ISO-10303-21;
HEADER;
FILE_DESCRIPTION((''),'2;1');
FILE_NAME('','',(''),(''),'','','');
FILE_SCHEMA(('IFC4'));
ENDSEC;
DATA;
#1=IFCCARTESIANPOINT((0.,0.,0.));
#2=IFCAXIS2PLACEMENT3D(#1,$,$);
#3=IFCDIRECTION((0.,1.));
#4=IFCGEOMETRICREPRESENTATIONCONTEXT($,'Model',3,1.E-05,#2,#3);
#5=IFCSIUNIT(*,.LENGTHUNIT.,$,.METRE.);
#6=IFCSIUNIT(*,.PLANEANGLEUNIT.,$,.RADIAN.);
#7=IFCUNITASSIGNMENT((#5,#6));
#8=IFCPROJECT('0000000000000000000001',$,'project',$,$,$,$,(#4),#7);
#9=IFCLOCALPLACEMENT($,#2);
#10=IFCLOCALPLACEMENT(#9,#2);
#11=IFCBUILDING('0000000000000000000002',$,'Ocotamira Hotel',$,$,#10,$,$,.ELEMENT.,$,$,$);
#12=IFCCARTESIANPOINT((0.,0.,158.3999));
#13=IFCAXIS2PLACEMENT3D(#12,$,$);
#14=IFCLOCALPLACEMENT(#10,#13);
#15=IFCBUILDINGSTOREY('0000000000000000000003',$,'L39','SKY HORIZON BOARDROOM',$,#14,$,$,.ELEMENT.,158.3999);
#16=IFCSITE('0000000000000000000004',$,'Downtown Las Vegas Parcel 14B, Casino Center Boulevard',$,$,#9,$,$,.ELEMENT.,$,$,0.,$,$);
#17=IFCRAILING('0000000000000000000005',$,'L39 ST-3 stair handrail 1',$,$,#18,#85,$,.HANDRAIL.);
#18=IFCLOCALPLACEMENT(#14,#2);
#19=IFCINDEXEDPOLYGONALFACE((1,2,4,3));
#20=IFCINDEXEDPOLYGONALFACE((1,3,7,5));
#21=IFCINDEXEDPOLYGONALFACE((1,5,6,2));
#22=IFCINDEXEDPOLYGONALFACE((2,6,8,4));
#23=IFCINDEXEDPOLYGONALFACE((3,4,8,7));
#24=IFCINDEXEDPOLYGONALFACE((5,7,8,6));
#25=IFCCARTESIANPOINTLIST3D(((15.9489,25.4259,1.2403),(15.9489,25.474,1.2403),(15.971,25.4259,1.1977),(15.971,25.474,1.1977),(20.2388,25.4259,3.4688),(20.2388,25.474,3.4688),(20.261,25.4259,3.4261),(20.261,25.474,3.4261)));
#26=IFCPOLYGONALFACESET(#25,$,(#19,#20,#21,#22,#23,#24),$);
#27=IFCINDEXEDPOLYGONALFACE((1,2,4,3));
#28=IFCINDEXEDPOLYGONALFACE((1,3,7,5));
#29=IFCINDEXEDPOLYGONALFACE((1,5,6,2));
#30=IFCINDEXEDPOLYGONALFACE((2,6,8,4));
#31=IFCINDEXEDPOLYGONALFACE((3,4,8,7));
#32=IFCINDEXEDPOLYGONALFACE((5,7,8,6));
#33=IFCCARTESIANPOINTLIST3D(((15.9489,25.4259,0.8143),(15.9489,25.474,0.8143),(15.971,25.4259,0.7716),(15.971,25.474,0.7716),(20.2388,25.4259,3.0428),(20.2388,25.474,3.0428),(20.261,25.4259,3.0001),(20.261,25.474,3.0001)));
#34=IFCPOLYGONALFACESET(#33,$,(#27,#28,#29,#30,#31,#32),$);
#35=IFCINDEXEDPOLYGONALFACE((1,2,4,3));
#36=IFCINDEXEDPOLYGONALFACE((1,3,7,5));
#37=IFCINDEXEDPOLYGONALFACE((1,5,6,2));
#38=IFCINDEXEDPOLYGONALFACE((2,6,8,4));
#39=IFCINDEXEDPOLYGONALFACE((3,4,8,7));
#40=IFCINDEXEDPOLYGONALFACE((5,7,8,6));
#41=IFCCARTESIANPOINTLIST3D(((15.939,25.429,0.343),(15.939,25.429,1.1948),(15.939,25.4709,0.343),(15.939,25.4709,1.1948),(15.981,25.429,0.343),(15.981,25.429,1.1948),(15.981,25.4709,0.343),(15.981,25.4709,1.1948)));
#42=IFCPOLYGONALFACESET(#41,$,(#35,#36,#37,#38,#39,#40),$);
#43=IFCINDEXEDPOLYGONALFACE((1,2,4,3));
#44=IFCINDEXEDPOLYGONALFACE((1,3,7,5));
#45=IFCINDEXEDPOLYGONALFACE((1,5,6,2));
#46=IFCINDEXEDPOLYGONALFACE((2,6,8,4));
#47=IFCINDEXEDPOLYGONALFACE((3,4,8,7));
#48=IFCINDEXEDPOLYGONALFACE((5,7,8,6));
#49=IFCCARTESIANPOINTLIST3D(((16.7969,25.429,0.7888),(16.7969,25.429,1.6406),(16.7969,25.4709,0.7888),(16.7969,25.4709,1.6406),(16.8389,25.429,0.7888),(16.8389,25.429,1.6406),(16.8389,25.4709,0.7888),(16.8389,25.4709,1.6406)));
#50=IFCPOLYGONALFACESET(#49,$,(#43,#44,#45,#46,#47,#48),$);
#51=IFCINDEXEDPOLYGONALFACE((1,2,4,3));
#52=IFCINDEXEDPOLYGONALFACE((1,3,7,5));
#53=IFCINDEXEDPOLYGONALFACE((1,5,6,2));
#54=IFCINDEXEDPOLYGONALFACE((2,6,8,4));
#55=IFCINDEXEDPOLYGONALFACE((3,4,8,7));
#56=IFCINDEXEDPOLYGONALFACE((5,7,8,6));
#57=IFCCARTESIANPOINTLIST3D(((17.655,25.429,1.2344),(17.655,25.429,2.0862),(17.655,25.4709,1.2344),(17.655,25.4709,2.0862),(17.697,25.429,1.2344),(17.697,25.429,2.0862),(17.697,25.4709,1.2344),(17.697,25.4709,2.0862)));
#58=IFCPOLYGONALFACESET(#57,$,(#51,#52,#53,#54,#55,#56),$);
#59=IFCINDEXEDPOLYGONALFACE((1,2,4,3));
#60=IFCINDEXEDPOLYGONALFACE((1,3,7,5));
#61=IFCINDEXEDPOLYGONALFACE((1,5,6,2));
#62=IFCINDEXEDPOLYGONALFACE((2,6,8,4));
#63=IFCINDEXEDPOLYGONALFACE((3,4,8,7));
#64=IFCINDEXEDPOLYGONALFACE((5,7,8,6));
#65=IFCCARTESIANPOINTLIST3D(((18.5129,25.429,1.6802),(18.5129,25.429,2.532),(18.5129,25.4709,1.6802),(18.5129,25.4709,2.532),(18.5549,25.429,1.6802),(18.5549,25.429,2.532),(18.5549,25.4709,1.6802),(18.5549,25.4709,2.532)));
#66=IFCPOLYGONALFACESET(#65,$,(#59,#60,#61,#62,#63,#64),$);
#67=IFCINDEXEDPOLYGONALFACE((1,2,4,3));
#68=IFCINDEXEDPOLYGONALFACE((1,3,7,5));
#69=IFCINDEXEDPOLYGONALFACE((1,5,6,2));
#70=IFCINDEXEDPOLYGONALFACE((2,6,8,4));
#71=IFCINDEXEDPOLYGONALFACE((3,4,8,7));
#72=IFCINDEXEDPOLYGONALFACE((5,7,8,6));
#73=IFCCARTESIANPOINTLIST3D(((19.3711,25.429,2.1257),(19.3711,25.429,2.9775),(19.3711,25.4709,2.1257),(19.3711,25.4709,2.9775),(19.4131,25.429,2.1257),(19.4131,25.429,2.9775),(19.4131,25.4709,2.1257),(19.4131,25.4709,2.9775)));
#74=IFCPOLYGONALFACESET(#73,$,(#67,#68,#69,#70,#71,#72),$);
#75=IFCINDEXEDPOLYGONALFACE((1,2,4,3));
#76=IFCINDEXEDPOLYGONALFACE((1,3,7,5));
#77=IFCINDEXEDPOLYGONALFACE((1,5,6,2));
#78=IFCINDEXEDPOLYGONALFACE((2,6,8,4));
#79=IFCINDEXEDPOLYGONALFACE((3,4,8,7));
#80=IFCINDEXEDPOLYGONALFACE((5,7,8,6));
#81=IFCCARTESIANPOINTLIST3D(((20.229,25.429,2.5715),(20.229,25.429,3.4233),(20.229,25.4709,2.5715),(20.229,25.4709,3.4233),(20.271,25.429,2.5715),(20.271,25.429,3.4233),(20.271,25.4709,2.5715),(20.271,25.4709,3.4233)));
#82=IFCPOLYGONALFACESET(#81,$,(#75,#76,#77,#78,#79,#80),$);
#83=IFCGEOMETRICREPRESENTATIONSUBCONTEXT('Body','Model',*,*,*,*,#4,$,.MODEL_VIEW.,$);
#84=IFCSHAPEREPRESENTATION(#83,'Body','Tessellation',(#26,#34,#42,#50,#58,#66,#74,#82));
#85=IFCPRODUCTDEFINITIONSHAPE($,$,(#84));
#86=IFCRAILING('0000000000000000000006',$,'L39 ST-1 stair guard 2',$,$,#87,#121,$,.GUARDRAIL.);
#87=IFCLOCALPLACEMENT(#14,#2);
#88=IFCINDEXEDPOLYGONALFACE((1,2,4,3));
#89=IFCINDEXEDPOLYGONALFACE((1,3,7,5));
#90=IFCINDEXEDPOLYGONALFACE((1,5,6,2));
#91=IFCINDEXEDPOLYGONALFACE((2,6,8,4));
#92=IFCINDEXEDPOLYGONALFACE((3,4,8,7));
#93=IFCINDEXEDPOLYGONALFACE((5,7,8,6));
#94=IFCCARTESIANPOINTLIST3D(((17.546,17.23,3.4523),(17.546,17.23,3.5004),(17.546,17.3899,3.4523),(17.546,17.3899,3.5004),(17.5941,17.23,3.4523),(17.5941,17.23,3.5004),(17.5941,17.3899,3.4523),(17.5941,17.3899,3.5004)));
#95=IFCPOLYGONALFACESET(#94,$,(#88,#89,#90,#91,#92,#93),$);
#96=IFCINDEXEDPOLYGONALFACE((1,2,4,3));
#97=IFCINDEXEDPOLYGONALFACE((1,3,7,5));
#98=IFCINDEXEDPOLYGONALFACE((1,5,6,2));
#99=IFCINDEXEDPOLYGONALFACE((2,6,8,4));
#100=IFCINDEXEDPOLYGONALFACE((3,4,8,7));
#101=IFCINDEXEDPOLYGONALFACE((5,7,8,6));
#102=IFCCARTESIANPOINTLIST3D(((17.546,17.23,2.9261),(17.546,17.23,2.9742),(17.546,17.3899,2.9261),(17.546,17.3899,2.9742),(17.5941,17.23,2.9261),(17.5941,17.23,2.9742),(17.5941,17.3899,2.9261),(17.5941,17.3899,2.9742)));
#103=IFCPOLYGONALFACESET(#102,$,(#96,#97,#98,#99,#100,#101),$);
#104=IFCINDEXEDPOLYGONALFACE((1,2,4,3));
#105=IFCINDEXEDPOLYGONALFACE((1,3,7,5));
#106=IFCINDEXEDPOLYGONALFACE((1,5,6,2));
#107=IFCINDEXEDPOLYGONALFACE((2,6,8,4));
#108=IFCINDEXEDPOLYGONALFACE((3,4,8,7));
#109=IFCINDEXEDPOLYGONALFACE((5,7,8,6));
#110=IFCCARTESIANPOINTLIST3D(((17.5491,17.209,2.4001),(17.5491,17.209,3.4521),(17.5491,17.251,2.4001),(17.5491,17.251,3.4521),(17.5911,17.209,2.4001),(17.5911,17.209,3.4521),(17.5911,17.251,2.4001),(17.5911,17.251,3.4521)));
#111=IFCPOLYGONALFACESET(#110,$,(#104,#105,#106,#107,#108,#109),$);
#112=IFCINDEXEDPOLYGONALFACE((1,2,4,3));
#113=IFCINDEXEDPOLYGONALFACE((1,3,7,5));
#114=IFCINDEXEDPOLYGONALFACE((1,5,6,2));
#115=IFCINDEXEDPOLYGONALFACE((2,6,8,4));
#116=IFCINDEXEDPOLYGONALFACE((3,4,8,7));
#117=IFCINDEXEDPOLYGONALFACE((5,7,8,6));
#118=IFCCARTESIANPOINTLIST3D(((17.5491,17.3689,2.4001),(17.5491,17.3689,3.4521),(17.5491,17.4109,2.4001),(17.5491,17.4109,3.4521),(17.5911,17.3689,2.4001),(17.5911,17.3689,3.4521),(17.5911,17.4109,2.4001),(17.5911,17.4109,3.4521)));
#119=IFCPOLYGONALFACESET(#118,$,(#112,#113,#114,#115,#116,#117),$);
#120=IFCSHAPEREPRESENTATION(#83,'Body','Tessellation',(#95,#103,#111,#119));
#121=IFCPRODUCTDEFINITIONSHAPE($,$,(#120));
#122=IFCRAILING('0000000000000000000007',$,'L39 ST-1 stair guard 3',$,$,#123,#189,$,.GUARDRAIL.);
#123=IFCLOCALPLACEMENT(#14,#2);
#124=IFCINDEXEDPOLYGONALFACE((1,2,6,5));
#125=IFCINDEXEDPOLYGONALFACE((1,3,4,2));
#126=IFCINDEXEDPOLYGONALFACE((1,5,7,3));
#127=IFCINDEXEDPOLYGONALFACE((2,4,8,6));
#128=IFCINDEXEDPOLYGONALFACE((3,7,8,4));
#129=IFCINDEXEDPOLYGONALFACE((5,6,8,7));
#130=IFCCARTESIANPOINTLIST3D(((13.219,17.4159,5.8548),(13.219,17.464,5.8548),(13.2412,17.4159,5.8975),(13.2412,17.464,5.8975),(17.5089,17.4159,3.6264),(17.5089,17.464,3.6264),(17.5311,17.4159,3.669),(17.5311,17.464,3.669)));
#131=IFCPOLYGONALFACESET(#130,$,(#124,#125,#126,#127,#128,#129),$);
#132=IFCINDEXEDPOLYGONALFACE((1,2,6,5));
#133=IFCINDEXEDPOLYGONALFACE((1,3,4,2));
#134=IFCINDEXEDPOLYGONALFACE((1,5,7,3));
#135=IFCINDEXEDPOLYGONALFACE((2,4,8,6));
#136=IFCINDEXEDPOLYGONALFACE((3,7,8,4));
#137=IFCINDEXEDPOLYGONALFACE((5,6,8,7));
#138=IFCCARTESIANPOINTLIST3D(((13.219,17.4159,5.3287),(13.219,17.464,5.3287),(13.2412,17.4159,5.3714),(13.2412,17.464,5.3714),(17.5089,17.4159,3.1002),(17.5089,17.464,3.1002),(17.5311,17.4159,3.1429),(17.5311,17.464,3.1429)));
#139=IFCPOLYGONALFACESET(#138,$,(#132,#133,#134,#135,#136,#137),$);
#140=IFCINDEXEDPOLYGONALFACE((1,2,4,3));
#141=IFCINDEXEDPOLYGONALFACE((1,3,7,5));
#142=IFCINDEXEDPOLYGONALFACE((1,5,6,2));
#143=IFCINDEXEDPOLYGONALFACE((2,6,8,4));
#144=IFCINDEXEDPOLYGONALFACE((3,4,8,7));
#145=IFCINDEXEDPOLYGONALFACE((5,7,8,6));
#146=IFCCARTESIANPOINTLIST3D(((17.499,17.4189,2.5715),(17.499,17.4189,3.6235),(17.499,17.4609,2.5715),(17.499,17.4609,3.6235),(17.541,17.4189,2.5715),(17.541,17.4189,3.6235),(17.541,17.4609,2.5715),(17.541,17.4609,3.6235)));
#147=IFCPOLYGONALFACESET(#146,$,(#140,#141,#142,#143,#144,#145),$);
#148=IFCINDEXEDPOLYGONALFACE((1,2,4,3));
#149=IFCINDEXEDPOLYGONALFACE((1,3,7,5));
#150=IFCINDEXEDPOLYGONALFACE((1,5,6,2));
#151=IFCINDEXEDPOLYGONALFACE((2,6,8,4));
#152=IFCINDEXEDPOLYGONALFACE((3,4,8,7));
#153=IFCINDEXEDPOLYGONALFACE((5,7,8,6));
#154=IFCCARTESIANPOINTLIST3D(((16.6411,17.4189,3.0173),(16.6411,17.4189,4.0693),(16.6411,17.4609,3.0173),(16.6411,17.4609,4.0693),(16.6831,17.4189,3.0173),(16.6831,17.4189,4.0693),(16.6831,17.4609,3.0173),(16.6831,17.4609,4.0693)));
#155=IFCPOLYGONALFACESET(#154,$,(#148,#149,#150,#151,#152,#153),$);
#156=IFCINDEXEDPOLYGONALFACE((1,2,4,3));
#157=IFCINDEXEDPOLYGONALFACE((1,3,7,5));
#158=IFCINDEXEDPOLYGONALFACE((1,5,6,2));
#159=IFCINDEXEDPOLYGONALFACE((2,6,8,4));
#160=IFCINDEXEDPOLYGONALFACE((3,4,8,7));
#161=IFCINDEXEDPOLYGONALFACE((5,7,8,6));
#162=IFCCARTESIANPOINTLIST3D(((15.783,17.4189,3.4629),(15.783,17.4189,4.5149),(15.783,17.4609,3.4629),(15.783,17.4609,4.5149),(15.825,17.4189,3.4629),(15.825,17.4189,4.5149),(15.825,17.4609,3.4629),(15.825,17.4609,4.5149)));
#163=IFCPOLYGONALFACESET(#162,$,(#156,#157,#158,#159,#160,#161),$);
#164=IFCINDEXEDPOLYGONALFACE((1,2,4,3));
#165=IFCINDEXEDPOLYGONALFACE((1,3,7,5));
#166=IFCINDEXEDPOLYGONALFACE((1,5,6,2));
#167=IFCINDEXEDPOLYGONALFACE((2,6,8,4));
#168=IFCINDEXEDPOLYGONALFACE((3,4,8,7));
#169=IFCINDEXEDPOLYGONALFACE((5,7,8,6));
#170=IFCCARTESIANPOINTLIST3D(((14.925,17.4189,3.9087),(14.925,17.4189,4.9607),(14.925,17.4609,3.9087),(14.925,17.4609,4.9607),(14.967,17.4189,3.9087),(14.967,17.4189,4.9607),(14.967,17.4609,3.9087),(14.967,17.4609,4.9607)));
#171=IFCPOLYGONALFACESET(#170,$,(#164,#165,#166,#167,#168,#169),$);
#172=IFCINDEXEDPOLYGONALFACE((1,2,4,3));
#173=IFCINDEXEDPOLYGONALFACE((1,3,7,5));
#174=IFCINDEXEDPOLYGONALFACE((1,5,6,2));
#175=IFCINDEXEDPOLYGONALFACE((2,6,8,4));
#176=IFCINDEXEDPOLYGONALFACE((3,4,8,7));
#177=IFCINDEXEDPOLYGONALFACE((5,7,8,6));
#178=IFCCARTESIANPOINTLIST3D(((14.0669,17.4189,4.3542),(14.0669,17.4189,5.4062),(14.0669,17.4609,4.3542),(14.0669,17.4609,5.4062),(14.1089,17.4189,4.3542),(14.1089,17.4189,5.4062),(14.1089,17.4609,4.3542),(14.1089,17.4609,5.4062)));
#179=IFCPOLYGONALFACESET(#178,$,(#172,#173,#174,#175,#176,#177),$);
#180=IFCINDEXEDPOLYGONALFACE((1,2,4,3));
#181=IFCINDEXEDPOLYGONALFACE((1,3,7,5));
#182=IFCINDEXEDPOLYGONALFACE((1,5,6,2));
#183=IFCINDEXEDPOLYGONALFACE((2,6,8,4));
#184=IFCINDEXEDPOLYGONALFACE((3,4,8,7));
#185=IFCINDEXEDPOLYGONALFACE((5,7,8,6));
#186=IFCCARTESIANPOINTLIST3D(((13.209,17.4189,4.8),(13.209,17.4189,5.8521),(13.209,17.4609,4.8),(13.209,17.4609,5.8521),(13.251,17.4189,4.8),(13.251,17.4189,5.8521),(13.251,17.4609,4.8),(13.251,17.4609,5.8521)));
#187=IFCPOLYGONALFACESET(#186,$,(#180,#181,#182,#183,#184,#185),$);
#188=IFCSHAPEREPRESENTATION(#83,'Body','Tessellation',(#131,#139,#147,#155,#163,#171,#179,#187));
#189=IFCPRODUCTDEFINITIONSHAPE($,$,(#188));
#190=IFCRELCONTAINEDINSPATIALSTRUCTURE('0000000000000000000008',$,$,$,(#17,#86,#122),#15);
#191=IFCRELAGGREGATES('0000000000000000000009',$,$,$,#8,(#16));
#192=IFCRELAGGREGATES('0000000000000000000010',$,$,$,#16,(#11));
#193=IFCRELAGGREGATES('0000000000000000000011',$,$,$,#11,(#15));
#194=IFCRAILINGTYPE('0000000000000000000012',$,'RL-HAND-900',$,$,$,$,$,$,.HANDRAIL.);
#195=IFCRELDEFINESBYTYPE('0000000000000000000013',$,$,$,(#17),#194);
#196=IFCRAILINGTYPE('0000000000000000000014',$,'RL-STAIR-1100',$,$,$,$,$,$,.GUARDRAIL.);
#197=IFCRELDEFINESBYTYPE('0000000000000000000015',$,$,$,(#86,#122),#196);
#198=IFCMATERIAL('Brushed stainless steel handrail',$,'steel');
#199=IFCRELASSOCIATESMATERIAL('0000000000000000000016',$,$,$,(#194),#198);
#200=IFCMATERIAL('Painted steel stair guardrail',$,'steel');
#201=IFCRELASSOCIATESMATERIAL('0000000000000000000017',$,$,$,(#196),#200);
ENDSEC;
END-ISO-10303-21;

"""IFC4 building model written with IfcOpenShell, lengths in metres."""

from ifc_helpers import new_model, si_unit, direction, frame, origin, origin_2d, place, context, subcontext, project, spatial, rectangle, extrude, material, type_object, element, save


model = new_model("IFC4")

# Units and contexts
model_context = context("Model", 3, precision=1e-05, world=origin(), true_north=direction((0.0, 1.0)))
body_context = subcontext(model_context, "Body", "Model", "MODEL_VIEW")
ifc_project = project(units=[si_unit("LENGTHUNIT", "METRE"), si_unit("PLANEANGLEUNIT", "RADIAN")], contexts=[model_context])

# Site, building, storey
site_placement = place(None, origin())
site = spatial("IfcSite", under=ifc_project, at=site_placement, Name="Downtown Las Vegas Parcel 14B, Casino Center Boulevard", CompositionType="ELEMENT", RefElevation=0.0)
building_placement = place(site_placement, origin())
building = spatial("IfcBuilding", under=site, at=building_placement, Name="Ocotamira Hotel", CompositionType="ELEMENT")
storey_placement = place(building_placement, frame((0.0, 0.0, 158.3999)))
storey = spatial("IfcBuildingStorey", under=building, at=storey_placement, Name="L39", Description="SKY HORIZON BOARDROOM", CompositionType="ELEMENT", Elevation=158.3999)

# Railings
ifc_material_1 = material(Name="Brushed stainless steel handrail", Category="steel")
railing_type_1 = type_object("IfcRailingType", Name="RL-HAND-900", PredefinedType="HANDRAIL", material=ifc_material_1)
railing_1_placement = place(storey_placement, frame((15.96, 25.45, 0.343)))
element("IfcRailing", 1, at=railing_1_placement, inside=storey, type_object=railing_type_1, Name="L39 ST-3 stair handrail 1", PredefinedType="HANDRAIL", context=body_context, shape_type="SweptSolid", body=[
    extrude(rectangle(XDim=0.0481, YDim=0.0481, at=origin_2d()), frame((0.0, 0.0, 0.876), z_axis=(0.887412, 0.0, 0.460977), x_axis=(0.0, 1.0, 0.0)), (0.0, 0.0, 1.0), 4.8342),
    extrude(rectangle(XDim=0.0481, YDim=0.0481, at=origin_2d()), frame((0.0, 0.0, 0.45), z_axis=(0.887412, 0.0, 0.460977), x_axis=(0.0, 1.0, 0.0)), (0.0, 0.0, 1.0), 4.8342),
    extrude(rectangle(XDim=0.042, YDim=0.042, at=origin_2d()), origin(), (0.0, 0.0, 1.0), 0.8518),
    extrude(rectangle(XDim=0.042, YDim=0.042, at=origin_2d()), frame((0.8579, 0.0, 0.4458)), (0.0, 0.0, 1.0), 0.8518),
    extrude(rectangle(XDim=0.042, YDim=0.042, at=origin_2d()), frame((1.7161, 0.0, 0.8914)), (0.0, 0.0, 1.0), 0.8518),
    extrude(rectangle(XDim=0.042, YDim=0.042, at=origin_2d()), frame((2.574, 0.0, 1.3372)), (0.0, 0.0, 1.0), 0.8518),
    extrude(rectangle(XDim=0.042, YDim=0.042, at=origin_2d()), frame((3.4321, 0.0, 1.7827)), (0.0, 0.0, 1.0), 0.8518),
    extrude(rectangle(XDim=0.042, YDim=0.042, at=origin_2d()), frame((4.29, 0.0, 2.2285)), (0.0, 0.0, 1.0), 0.8518),
])
ifc_material_2 = material(Name="Painted steel stair guardrail", Category="steel")
railing_type_2 = type_object("IfcRailingType", Name="RL-STAIR-1100", PredefinedType="GUARDRAIL", material=ifc_material_2)
railing_2_placement = place(storey_placement, frame((17.5701, 17.23, 2.4001)))
element("IfcRailing", 2, at=railing_2_placement, inside=storey, type_object=railing_type_2, Name="L39 ST-1 stair guard 2", PredefinedType="GUARDRAIL", context=body_context, shape_type="SweptSolid", body=[
    extrude(rectangle(XDim=0.0481, YDim=0.0481, at=origin_2d()), frame((0.0, 0.0, 1.0762), z_axis=(0.0, 1.0, 0.0), x_axis=(-1.0, 0.0, 0.0)), (0.0, 0.0, 1.0), 0.1599),
    extrude(rectangle(XDim=0.0481, YDim=0.0481, at=origin_2d()), frame((0.0, 0.0, 0.55), z_axis=(0.0, 1.0, 0.0), x_axis=(-1.0, 0.0, 0.0)), (0.0, 0.0, 1.0), 0.1599),
    extrude(rectangle(XDim=0.042, YDim=0.042, at=origin_2d()), origin(), (0.0, 0.0, 1.0), 1.052),
    extrude(rectangle(XDim=0.042, YDim=0.042, at=origin_2d()), frame((0.0, 0.1599, 0.0)), (0.0, 0.0, 1.0), 1.052),
])
railing_3_placement = place(storey_placement, frame((17.52, 17.4399, 2.5715)))
element("IfcRailing", 3, at=railing_3_placement, inside=storey, type_object=railing_type_2, Name="L39 ST-1 stair guard 3", PredefinedType="GUARDRAIL", context=body_context, shape_type="SweptSolid", body=[
    extrude(rectangle(XDim=0.0481, YDim=0.0481, at=origin_2d()), frame((0.0, 0.0, 1.0762), z_axis=(-0.887412, 0.0, 0.460977), x_axis=(0.0, -1.0, 0.0)), (0.0, 0.0, 1.0), 4.8342),
    extrude(rectangle(XDim=0.0481, YDim=0.0481, at=origin_2d()), frame((0.0, 0.0, 0.55), z_axis=(-0.887412, 0.0, 0.460977), x_axis=(0.0, -1.0, 0.0)), (0.0, 0.0, 1.0), 4.8342),
    extrude(rectangle(XDim=0.042, YDim=0.042, at=origin_2d()), origin(), (0.0, 0.0, 1.0), 1.052),
    extrude(rectangle(XDim=0.042, YDim=0.042, at=origin_2d()), frame((-0.8579, 0.0, 0.4458)), (0.0, 0.0, 1.0), 1.052),
    extrude(rectangle(XDim=0.042, YDim=0.042, at=origin_2d()), frame((-1.7161, 0.0, 0.8914)), (0.0, 0.0, 1.0), 1.052),
    extrude(rectangle(XDim=0.042, YDim=0.042, at=origin_2d()), frame((-2.574, 0.0, 1.3372)), (0.0, 0.0, 1.0), 1.052),
    extrude(rectangle(XDim=0.042, YDim=0.042, at=origin_2d()), frame((-3.4321, 0.0, 1.7827)), (0.0, 0.0, 1.0), 1.052),
    extrude(rectangle(XDim=0.042, YDim=0.042, at=origin_2d()), frame((-4.29, 0.0, 2.2285)), (0.0, 0.0, 1.0), 1.052),
])

save(model, "model.ifc")
